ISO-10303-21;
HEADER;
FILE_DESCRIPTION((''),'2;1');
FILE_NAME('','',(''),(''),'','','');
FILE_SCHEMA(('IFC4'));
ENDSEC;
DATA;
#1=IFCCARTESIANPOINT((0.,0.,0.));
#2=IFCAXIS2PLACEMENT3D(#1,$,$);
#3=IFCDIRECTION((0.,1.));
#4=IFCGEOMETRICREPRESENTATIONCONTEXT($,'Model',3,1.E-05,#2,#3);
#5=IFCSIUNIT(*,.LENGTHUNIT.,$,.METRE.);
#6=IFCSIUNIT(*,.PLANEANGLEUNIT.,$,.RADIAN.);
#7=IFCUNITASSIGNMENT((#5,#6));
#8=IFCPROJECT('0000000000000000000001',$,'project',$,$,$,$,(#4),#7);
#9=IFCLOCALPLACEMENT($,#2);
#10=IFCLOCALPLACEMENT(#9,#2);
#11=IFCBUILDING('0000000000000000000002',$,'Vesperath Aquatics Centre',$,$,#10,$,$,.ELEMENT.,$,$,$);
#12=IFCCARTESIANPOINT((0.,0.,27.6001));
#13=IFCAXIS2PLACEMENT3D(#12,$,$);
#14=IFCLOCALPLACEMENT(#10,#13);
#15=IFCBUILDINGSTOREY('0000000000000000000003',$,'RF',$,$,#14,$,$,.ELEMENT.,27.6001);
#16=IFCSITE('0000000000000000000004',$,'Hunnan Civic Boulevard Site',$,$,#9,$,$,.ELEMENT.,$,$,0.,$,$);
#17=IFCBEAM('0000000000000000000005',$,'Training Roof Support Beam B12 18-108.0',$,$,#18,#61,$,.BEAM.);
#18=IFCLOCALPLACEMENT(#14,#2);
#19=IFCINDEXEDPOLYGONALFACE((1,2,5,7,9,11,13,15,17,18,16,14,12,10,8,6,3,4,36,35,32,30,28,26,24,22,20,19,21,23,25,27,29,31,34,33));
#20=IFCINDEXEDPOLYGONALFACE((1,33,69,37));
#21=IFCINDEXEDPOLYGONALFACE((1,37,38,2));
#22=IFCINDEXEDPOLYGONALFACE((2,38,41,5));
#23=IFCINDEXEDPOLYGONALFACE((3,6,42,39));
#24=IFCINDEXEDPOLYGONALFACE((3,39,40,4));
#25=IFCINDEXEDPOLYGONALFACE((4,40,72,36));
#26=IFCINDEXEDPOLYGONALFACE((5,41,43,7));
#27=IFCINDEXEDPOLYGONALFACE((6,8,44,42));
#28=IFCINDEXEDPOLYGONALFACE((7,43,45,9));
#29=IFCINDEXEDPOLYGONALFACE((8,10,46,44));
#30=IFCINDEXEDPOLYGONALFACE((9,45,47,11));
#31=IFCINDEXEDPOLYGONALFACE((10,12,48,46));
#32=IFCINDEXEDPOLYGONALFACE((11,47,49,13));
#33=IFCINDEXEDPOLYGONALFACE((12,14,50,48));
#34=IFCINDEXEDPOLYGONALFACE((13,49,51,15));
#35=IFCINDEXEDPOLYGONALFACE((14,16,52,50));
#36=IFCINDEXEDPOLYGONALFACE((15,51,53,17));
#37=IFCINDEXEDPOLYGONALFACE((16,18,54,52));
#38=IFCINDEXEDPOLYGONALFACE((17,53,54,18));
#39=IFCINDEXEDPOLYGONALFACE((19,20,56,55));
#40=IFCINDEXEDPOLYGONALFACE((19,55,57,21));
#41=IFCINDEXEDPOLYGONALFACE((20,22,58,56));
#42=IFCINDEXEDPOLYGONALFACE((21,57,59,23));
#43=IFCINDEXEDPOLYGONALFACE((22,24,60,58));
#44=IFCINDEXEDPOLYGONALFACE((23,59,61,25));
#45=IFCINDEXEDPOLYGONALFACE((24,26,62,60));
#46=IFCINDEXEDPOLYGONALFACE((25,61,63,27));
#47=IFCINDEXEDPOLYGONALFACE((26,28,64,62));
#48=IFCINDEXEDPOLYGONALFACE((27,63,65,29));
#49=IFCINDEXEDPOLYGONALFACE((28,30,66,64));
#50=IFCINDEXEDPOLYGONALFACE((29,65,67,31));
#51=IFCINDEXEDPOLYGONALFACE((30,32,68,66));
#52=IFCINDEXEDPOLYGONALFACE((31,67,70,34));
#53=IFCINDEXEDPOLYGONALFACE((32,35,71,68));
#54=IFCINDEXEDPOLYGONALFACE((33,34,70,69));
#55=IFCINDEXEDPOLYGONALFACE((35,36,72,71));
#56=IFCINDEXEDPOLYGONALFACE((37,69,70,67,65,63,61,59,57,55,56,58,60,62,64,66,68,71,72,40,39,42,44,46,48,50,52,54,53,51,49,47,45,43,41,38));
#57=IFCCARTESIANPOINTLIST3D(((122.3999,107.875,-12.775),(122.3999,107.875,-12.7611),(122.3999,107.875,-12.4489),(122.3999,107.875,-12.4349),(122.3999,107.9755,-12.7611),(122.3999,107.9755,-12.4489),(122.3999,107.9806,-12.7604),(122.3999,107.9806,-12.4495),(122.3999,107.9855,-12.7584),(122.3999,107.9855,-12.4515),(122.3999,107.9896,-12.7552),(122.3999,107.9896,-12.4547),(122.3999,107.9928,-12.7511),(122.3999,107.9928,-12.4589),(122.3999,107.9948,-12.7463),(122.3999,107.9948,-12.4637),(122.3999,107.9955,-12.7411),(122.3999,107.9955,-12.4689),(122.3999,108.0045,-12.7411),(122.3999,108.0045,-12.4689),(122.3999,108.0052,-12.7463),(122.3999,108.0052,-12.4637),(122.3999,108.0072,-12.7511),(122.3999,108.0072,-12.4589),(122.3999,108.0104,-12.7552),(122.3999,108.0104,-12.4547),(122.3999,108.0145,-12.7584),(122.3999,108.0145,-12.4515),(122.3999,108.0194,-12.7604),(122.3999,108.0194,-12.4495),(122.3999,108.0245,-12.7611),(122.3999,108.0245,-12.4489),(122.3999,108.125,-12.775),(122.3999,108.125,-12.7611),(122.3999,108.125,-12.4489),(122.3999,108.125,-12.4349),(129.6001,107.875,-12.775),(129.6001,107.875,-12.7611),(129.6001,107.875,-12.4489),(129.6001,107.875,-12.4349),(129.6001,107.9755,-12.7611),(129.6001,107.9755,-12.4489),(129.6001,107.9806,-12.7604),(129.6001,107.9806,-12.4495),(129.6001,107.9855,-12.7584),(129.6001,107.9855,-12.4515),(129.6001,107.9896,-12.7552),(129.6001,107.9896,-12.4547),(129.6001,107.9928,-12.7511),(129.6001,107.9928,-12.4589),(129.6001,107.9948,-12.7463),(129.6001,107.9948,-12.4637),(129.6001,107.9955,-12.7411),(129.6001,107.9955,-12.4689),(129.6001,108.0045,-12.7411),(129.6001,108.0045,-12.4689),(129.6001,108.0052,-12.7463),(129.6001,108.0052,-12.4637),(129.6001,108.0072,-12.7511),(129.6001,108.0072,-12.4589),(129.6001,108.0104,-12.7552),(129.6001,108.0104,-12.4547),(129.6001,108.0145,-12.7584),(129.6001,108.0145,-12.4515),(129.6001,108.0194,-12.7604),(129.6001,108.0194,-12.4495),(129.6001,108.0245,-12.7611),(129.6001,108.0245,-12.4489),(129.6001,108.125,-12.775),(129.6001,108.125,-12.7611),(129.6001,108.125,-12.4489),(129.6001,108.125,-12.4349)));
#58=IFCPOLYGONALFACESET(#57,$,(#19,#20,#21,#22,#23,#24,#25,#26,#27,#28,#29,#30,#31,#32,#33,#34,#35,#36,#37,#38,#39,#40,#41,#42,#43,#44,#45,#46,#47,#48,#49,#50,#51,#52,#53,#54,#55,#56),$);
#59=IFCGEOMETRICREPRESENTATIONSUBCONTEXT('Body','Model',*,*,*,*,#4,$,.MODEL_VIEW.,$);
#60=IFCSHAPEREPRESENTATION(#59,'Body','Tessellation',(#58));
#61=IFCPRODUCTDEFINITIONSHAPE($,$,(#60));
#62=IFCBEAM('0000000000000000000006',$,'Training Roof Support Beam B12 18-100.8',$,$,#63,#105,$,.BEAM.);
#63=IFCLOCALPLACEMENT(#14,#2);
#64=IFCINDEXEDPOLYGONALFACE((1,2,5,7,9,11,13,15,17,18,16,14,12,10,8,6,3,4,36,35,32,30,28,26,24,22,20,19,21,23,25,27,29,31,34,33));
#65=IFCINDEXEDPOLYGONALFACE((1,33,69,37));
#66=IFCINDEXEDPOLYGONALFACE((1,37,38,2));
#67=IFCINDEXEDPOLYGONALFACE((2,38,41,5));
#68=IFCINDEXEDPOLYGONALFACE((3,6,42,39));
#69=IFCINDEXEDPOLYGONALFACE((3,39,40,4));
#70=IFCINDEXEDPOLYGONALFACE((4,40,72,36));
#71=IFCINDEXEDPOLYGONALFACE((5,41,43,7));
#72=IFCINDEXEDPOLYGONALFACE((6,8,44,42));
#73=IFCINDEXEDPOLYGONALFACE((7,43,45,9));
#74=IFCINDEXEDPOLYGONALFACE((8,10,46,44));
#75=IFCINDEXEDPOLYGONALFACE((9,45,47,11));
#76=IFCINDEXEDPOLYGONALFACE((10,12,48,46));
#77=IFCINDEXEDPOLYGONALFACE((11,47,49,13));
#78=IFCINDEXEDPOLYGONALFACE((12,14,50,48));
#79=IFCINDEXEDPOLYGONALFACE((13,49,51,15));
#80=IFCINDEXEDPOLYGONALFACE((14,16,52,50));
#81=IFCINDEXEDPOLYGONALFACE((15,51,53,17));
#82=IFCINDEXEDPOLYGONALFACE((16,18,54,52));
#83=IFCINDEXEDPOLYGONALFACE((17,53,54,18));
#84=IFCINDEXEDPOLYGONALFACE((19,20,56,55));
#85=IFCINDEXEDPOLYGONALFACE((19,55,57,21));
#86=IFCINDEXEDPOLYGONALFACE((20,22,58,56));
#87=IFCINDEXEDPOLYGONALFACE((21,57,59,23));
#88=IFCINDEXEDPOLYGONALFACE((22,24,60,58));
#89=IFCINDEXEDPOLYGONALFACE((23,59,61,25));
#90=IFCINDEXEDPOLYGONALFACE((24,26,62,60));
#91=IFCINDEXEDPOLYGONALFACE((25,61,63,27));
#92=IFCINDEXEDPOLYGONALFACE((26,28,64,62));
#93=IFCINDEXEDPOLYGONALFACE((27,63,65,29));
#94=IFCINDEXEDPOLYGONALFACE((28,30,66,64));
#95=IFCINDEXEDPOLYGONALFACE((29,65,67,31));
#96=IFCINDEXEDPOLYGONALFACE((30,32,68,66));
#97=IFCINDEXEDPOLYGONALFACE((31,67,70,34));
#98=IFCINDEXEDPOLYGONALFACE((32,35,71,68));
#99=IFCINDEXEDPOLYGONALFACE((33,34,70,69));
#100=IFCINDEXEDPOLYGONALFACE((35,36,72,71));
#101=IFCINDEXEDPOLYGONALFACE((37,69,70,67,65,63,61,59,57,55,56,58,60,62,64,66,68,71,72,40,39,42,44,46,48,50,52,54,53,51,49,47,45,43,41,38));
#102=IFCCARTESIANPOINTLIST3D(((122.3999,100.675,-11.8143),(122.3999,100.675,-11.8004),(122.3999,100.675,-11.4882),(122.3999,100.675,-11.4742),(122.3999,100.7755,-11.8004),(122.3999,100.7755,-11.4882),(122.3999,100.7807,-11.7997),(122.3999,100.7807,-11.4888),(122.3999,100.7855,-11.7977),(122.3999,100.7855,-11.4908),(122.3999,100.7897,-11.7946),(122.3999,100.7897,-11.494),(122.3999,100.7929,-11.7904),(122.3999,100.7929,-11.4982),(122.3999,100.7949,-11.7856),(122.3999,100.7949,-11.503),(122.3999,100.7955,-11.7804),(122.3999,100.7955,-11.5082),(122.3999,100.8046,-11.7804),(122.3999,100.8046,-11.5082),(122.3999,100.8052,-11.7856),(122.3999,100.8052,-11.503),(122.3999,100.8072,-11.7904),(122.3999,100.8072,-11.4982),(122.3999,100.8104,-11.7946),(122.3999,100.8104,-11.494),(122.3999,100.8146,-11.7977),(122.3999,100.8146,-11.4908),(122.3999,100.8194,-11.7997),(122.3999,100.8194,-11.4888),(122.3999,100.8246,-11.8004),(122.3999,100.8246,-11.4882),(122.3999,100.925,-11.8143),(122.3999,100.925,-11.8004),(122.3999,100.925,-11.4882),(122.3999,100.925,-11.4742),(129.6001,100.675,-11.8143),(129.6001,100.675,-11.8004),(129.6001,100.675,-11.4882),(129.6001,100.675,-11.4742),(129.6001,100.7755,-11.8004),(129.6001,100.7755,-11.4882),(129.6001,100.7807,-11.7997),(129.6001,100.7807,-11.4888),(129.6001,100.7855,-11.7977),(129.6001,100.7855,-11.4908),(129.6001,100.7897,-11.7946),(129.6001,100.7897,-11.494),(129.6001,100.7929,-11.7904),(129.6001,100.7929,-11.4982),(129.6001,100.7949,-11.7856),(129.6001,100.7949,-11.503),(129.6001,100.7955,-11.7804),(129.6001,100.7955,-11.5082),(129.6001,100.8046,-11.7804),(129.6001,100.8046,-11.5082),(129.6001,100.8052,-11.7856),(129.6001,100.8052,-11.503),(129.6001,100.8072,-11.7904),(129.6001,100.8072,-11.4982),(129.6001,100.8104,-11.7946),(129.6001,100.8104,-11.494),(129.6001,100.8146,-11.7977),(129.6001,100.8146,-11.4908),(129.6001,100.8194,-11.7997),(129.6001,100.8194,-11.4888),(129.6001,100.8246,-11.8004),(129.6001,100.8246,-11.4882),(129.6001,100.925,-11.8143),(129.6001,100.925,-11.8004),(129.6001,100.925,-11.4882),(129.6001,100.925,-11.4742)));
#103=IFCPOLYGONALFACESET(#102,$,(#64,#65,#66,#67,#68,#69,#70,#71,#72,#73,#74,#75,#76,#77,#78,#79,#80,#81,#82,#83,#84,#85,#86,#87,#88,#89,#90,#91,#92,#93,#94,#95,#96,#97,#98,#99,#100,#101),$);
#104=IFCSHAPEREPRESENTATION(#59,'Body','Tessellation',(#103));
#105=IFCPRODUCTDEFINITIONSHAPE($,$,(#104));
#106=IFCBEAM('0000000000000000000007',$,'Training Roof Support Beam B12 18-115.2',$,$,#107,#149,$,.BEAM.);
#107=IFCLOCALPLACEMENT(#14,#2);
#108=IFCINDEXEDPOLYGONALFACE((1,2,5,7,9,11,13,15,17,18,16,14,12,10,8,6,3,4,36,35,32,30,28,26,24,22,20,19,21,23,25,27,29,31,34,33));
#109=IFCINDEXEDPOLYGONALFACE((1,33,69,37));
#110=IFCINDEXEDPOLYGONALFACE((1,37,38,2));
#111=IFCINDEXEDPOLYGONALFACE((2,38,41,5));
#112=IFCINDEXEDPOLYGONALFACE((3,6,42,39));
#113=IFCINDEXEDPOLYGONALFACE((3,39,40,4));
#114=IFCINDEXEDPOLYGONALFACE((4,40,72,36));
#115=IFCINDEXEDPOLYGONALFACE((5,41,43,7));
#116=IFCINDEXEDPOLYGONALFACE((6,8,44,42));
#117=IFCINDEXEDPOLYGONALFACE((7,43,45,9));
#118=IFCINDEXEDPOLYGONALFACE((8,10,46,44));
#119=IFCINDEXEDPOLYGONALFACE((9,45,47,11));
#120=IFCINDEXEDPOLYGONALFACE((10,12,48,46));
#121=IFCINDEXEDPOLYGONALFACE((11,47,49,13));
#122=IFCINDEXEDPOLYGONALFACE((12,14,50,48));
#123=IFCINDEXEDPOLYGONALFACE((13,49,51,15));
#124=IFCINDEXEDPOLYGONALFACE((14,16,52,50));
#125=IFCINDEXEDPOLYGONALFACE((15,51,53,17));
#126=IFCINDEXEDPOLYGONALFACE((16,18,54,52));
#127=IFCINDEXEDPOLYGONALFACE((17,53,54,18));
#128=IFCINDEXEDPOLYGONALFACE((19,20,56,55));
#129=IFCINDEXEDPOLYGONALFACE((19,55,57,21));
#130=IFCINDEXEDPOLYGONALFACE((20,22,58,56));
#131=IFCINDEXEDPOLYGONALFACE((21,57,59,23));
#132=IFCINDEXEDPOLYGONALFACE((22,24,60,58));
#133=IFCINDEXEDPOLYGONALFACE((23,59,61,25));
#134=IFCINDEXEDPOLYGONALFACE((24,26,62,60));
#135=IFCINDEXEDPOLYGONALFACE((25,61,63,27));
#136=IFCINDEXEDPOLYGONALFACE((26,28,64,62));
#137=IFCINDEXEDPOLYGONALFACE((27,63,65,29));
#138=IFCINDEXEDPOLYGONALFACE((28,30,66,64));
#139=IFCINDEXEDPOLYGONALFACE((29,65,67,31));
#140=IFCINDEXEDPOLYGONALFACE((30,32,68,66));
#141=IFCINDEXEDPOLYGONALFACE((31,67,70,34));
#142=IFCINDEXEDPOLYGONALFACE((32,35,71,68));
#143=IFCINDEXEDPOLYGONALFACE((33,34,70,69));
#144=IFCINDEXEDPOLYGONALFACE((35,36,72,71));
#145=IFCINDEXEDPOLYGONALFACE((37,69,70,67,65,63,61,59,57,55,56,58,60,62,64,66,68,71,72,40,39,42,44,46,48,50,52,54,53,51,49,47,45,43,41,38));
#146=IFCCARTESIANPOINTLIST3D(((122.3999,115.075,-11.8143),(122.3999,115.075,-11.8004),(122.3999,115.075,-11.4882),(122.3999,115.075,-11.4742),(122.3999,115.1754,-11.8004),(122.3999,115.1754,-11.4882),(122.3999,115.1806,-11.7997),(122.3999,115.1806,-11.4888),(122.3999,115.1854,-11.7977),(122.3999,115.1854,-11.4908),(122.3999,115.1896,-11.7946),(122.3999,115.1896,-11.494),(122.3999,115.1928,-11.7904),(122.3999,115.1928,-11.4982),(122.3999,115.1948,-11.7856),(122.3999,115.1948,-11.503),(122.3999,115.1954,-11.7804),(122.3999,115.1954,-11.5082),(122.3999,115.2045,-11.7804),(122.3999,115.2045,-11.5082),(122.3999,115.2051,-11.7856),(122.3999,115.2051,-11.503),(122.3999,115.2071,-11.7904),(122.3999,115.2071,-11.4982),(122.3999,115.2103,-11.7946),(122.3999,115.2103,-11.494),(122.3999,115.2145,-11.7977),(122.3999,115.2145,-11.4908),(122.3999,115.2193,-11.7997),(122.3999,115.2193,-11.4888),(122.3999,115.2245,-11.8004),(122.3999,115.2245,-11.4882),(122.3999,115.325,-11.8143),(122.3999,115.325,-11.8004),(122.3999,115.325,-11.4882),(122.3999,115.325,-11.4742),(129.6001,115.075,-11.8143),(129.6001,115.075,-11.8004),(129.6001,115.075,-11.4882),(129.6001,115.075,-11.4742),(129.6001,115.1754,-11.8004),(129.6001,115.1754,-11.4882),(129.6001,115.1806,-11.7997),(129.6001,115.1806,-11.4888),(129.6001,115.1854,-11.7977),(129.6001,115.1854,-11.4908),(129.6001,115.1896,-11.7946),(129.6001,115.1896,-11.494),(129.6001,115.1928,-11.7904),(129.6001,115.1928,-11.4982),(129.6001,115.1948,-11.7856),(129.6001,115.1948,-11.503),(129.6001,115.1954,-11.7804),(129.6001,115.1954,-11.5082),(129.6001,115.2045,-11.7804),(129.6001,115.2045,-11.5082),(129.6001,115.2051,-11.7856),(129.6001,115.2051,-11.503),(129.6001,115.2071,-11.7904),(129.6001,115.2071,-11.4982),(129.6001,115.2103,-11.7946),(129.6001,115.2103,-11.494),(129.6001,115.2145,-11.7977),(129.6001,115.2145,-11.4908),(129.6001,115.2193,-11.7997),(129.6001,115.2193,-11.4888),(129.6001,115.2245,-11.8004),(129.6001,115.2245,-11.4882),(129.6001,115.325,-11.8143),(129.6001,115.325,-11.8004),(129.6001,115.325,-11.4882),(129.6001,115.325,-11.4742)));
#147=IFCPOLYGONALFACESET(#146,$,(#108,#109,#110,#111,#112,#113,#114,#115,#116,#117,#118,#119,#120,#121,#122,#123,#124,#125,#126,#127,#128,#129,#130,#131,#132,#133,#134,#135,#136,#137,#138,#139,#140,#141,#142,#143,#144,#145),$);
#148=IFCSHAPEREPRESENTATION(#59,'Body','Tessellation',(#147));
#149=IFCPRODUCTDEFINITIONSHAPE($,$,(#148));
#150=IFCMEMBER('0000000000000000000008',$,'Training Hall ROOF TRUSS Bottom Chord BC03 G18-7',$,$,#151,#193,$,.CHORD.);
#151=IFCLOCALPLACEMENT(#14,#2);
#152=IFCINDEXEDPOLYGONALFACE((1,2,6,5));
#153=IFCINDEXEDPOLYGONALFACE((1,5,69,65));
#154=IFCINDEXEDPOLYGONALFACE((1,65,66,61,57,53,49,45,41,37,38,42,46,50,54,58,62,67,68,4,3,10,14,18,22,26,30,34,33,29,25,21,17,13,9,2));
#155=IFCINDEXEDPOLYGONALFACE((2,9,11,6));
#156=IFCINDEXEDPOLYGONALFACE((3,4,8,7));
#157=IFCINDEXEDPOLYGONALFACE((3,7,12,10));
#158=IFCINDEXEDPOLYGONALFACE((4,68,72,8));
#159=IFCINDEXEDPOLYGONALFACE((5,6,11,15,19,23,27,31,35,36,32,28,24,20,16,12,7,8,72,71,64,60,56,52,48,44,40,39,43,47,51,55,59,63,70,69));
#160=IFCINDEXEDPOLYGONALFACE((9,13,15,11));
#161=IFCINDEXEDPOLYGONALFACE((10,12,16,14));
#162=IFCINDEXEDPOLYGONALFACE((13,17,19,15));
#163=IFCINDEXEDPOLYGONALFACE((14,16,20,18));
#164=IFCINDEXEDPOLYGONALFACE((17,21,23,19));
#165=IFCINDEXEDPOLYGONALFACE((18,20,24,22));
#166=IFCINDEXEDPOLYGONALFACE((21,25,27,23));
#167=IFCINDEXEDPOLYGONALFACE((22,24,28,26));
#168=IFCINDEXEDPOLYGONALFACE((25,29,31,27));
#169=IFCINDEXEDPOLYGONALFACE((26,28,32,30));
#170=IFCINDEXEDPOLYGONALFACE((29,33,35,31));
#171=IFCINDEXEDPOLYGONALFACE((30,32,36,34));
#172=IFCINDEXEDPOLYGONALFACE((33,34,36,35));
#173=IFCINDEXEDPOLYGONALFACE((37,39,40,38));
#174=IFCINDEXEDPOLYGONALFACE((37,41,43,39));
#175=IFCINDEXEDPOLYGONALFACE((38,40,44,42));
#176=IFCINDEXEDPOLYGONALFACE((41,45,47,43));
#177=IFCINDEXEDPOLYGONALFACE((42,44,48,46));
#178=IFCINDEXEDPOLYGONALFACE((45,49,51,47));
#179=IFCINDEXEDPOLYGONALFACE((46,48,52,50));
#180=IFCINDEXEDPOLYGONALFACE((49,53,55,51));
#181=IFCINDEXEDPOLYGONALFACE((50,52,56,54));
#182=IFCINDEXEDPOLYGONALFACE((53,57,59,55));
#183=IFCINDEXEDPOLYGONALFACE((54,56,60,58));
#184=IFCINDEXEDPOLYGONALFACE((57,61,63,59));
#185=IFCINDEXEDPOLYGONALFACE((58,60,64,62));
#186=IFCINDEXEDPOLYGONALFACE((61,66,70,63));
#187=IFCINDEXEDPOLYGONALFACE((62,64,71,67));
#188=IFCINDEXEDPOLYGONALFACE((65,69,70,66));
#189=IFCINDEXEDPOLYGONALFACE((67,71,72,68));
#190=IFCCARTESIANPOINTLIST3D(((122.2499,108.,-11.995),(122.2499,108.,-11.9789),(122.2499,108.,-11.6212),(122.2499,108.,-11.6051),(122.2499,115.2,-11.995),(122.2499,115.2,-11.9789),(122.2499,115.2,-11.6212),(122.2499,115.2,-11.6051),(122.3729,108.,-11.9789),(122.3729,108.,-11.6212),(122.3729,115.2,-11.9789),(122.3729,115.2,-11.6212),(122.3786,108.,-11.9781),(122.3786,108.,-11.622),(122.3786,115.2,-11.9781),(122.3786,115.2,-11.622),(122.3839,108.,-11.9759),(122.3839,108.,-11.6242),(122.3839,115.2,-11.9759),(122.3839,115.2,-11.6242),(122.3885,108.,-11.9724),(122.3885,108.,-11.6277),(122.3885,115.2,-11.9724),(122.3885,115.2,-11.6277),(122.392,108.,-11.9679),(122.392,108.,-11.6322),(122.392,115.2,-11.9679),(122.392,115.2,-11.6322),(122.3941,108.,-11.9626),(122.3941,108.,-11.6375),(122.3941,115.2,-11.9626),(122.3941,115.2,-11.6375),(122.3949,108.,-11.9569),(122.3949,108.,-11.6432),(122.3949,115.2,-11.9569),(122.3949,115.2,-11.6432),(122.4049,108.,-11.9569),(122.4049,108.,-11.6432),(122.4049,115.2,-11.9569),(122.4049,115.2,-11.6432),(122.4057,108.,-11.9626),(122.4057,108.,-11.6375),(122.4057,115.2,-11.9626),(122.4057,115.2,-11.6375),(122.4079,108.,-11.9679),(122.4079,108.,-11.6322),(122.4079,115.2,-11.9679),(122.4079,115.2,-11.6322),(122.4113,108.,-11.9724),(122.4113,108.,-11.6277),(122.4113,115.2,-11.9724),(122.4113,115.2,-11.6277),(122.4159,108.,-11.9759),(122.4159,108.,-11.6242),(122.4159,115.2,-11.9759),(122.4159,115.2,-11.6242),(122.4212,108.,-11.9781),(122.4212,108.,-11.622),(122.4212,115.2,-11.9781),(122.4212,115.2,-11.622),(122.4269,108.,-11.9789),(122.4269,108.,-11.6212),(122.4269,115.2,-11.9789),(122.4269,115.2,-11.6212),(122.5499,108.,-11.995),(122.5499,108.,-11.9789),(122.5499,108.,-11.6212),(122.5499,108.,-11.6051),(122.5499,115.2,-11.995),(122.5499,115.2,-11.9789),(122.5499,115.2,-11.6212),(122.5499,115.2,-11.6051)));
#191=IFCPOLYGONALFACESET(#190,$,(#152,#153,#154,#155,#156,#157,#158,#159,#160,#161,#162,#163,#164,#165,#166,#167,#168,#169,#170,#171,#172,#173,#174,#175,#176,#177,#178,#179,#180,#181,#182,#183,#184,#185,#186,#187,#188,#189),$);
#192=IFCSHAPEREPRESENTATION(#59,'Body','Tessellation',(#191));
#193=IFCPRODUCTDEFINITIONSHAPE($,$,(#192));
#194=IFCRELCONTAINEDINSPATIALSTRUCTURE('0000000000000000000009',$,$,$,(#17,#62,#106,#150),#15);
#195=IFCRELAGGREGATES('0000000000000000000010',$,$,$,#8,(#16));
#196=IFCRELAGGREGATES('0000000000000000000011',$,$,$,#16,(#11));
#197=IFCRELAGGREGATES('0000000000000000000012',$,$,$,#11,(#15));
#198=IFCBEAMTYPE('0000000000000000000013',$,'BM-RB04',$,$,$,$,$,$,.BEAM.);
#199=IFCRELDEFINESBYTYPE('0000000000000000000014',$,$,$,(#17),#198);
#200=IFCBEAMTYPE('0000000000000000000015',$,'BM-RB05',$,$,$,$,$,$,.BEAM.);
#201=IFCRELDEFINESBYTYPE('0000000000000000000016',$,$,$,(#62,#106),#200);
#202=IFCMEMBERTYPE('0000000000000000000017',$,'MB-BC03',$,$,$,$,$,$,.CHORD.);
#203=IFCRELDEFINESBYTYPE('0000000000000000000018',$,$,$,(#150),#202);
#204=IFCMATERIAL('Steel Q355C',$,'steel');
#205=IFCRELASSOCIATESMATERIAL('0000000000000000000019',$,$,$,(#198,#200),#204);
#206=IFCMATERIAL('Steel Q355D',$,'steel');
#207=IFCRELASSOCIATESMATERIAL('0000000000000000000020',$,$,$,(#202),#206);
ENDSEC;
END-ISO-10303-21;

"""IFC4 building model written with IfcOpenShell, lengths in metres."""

from ifc_helpers import new_model, si_unit, direction, frame, origin, origin_2d, place, context, subcontext, project, spatial, i_section, extrude, material, material_profile, profile_set, type_object, element, save


model = new_model("IFC4")

# Units and contexts
model_context = context("Model", 3, precision=1e-05, world=origin(), true_north=direction((0.0, 1.0)))
body_context = subcontext(model_context, "Body", "Model", "MODEL_VIEW")
ifc_project = project(units=[si_unit("LENGTHUNIT", "METRE"), si_unit("PLANEANGLEUNIT", "RADIAN")], contexts=[model_context])

# Site, building, storey
site_placement = place(None, origin())
site = spatial("IfcSite", under=ifc_project, at=site_placement, Name="Hunnan Civic Boulevard Site", CompositionType="ELEMENT", RefElevation=0.0)
building_placement = place(site_placement, origin())
building = spatial("IfcBuilding", under=site, at=building_placement, Name="Vesperath Aquatics Centre", CompositionType="ELEMENT")
storey_placement = place(building_placement, frame((0.0, 0.0, 27.6001)))
storey = spatial("IfcBuildingStorey", under=building, at=storey_placement, Name="RF", CompositionType="ELEMENT", Elevation=27.6001)

# Beams
ifc_material_1 = material(Name="Steel Q355C", Category="steel")
ifc_material_profile_1 = material_profile(ifc_material_1, i_section(OverallWidth=0.25, OverallDepth=0.3401, WebThickness=0.009, FlangeThickness=0.0139, FilletRadius=0.02, at=origin_2d()), Name="HM 340x250x9x14")
ifc_profile_set_1 = profile_set([ifc_material_profile_1], Name="Steel Q355C")
beam_type_1 = type_object("IfcBeamType", Name="BM-RB04", PredefinedType="BEAM", material=ifc_profile_set_1)
beam_placement = place(storey_placement, frame((122.3999, 108.0, -12.605), z_axis=(1.0, 0.0, 0.0), x_axis=(0.0, 1.0, 0.0)))
element("IfcBeam", 1, at=beam_placement, inside=storey, type_object=beam_type_1, Name="Training Roof Support Beam B12 18-108.0", PredefinedType="BEAM", context=body_context, shape_type="SweptSolid", body=[
    extrude(i_section(OverallWidth=0.25, OverallDepth=0.3401, WebThickness=0.009, FlangeThickness=0.0139, FilletRadius=0.02, at=origin_2d()), origin(), (0.0, 0.0, 1.0), 7.2002),
])
ifc_material_profile_2 = material_profile(ifc_material_1, i_section(OverallWidth=0.25, OverallDepth=0.3401, WebThickness=0.009, FlangeThickness=0.0139, FilletRadius=0.02, at=origin_2d()), Name="HM 340x250x9x14")
ifc_profile_set_2 = profile_set([ifc_material_profile_2], Name="Steel Q355C")
beam_type_2 = type_object("IfcBeamType", Name="BM-RB05", PredefinedType="BEAM", material=ifc_profile_set_2)
for number, where, z_axis, x_axis, name in (
    (2, (122.3999, 100.8, -11.6443), (1.0, 0.0, 0.0), (0.0, 1.0, 0.0), "Training Roof Support Beam B12 18-100.8"),
    (3, (122.3999, 115.2, -11.6443), (1.0, 0.0, 0.0), (0.0, 1.0, 0.0), "Training Roof Support Beam B12 18-115.2"),
):
    element("IfcBeam", number, at=place(storey_placement, frame(where, z_axis=z_axis, x_axis=x_axis)), inside=storey, type_object=beam_type_2, Name=name, PredefinedType="BEAM", context=body_context, shape_type="SweptSolid", body=[
        extrude(i_section(OverallWidth=0.25, OverallDepth=0.3401, WebThickness=0.009, FlangeThickness=0.0139, FilletRadius=0.02, at=origin_2d()), origin(), (0.0, 0.0, 1.0), 7.2002),
    ])

# Member
ifc_material_2 = material(Name="Steel Q355D", Category="steel")
ifc_material_profile_3 = material_profile(ifc_material_2, i_section(OverallWidth=0.3, OverallDepth=0.3899, WebThickness=0.01, FlangeThickness=0.0161, FilletRadius=0.022, at=origin_2d()), Name="HM 390x300x10x16")
ifc_profile_set_3 = profile_set([ifc_material_profile_3], Name="Steel Q355D")
member_type_1 = type_object("IfcMemberType", Name="MB-BC03", PredefinedType="CHORD", material=ifc_profile_set_3)
for number, where, z_axis, x_axis, name in (
    (4, (122.3999, 108.0, -11.8), (0.0, 1.0, 0.0), (-1.0, 0.0, 0.0), "Training Hall ROOF TRUSS Bottom Chord BC03 G18-7"),
):
    element("IfcMember", number, at=place(storey_placement, frame(where, z_axis=z_axis, x_axis=x_axis)), inside=storey, type_object=member_type_1, Name=name, PredefinedType="CHORD", context=body_context, shape_type="SweptSolid", body=[
        extrude(i_section(OverallWidth=0.3, OverallDepth=0.3899, WebThickness=0.01, FlangeThickness=0.0161, FilletRadius=0.022, at=origin_2d()), origin(), (0.0, 0.0, 1.0), 7.2),
    ])

save(model, "model.ifc")
